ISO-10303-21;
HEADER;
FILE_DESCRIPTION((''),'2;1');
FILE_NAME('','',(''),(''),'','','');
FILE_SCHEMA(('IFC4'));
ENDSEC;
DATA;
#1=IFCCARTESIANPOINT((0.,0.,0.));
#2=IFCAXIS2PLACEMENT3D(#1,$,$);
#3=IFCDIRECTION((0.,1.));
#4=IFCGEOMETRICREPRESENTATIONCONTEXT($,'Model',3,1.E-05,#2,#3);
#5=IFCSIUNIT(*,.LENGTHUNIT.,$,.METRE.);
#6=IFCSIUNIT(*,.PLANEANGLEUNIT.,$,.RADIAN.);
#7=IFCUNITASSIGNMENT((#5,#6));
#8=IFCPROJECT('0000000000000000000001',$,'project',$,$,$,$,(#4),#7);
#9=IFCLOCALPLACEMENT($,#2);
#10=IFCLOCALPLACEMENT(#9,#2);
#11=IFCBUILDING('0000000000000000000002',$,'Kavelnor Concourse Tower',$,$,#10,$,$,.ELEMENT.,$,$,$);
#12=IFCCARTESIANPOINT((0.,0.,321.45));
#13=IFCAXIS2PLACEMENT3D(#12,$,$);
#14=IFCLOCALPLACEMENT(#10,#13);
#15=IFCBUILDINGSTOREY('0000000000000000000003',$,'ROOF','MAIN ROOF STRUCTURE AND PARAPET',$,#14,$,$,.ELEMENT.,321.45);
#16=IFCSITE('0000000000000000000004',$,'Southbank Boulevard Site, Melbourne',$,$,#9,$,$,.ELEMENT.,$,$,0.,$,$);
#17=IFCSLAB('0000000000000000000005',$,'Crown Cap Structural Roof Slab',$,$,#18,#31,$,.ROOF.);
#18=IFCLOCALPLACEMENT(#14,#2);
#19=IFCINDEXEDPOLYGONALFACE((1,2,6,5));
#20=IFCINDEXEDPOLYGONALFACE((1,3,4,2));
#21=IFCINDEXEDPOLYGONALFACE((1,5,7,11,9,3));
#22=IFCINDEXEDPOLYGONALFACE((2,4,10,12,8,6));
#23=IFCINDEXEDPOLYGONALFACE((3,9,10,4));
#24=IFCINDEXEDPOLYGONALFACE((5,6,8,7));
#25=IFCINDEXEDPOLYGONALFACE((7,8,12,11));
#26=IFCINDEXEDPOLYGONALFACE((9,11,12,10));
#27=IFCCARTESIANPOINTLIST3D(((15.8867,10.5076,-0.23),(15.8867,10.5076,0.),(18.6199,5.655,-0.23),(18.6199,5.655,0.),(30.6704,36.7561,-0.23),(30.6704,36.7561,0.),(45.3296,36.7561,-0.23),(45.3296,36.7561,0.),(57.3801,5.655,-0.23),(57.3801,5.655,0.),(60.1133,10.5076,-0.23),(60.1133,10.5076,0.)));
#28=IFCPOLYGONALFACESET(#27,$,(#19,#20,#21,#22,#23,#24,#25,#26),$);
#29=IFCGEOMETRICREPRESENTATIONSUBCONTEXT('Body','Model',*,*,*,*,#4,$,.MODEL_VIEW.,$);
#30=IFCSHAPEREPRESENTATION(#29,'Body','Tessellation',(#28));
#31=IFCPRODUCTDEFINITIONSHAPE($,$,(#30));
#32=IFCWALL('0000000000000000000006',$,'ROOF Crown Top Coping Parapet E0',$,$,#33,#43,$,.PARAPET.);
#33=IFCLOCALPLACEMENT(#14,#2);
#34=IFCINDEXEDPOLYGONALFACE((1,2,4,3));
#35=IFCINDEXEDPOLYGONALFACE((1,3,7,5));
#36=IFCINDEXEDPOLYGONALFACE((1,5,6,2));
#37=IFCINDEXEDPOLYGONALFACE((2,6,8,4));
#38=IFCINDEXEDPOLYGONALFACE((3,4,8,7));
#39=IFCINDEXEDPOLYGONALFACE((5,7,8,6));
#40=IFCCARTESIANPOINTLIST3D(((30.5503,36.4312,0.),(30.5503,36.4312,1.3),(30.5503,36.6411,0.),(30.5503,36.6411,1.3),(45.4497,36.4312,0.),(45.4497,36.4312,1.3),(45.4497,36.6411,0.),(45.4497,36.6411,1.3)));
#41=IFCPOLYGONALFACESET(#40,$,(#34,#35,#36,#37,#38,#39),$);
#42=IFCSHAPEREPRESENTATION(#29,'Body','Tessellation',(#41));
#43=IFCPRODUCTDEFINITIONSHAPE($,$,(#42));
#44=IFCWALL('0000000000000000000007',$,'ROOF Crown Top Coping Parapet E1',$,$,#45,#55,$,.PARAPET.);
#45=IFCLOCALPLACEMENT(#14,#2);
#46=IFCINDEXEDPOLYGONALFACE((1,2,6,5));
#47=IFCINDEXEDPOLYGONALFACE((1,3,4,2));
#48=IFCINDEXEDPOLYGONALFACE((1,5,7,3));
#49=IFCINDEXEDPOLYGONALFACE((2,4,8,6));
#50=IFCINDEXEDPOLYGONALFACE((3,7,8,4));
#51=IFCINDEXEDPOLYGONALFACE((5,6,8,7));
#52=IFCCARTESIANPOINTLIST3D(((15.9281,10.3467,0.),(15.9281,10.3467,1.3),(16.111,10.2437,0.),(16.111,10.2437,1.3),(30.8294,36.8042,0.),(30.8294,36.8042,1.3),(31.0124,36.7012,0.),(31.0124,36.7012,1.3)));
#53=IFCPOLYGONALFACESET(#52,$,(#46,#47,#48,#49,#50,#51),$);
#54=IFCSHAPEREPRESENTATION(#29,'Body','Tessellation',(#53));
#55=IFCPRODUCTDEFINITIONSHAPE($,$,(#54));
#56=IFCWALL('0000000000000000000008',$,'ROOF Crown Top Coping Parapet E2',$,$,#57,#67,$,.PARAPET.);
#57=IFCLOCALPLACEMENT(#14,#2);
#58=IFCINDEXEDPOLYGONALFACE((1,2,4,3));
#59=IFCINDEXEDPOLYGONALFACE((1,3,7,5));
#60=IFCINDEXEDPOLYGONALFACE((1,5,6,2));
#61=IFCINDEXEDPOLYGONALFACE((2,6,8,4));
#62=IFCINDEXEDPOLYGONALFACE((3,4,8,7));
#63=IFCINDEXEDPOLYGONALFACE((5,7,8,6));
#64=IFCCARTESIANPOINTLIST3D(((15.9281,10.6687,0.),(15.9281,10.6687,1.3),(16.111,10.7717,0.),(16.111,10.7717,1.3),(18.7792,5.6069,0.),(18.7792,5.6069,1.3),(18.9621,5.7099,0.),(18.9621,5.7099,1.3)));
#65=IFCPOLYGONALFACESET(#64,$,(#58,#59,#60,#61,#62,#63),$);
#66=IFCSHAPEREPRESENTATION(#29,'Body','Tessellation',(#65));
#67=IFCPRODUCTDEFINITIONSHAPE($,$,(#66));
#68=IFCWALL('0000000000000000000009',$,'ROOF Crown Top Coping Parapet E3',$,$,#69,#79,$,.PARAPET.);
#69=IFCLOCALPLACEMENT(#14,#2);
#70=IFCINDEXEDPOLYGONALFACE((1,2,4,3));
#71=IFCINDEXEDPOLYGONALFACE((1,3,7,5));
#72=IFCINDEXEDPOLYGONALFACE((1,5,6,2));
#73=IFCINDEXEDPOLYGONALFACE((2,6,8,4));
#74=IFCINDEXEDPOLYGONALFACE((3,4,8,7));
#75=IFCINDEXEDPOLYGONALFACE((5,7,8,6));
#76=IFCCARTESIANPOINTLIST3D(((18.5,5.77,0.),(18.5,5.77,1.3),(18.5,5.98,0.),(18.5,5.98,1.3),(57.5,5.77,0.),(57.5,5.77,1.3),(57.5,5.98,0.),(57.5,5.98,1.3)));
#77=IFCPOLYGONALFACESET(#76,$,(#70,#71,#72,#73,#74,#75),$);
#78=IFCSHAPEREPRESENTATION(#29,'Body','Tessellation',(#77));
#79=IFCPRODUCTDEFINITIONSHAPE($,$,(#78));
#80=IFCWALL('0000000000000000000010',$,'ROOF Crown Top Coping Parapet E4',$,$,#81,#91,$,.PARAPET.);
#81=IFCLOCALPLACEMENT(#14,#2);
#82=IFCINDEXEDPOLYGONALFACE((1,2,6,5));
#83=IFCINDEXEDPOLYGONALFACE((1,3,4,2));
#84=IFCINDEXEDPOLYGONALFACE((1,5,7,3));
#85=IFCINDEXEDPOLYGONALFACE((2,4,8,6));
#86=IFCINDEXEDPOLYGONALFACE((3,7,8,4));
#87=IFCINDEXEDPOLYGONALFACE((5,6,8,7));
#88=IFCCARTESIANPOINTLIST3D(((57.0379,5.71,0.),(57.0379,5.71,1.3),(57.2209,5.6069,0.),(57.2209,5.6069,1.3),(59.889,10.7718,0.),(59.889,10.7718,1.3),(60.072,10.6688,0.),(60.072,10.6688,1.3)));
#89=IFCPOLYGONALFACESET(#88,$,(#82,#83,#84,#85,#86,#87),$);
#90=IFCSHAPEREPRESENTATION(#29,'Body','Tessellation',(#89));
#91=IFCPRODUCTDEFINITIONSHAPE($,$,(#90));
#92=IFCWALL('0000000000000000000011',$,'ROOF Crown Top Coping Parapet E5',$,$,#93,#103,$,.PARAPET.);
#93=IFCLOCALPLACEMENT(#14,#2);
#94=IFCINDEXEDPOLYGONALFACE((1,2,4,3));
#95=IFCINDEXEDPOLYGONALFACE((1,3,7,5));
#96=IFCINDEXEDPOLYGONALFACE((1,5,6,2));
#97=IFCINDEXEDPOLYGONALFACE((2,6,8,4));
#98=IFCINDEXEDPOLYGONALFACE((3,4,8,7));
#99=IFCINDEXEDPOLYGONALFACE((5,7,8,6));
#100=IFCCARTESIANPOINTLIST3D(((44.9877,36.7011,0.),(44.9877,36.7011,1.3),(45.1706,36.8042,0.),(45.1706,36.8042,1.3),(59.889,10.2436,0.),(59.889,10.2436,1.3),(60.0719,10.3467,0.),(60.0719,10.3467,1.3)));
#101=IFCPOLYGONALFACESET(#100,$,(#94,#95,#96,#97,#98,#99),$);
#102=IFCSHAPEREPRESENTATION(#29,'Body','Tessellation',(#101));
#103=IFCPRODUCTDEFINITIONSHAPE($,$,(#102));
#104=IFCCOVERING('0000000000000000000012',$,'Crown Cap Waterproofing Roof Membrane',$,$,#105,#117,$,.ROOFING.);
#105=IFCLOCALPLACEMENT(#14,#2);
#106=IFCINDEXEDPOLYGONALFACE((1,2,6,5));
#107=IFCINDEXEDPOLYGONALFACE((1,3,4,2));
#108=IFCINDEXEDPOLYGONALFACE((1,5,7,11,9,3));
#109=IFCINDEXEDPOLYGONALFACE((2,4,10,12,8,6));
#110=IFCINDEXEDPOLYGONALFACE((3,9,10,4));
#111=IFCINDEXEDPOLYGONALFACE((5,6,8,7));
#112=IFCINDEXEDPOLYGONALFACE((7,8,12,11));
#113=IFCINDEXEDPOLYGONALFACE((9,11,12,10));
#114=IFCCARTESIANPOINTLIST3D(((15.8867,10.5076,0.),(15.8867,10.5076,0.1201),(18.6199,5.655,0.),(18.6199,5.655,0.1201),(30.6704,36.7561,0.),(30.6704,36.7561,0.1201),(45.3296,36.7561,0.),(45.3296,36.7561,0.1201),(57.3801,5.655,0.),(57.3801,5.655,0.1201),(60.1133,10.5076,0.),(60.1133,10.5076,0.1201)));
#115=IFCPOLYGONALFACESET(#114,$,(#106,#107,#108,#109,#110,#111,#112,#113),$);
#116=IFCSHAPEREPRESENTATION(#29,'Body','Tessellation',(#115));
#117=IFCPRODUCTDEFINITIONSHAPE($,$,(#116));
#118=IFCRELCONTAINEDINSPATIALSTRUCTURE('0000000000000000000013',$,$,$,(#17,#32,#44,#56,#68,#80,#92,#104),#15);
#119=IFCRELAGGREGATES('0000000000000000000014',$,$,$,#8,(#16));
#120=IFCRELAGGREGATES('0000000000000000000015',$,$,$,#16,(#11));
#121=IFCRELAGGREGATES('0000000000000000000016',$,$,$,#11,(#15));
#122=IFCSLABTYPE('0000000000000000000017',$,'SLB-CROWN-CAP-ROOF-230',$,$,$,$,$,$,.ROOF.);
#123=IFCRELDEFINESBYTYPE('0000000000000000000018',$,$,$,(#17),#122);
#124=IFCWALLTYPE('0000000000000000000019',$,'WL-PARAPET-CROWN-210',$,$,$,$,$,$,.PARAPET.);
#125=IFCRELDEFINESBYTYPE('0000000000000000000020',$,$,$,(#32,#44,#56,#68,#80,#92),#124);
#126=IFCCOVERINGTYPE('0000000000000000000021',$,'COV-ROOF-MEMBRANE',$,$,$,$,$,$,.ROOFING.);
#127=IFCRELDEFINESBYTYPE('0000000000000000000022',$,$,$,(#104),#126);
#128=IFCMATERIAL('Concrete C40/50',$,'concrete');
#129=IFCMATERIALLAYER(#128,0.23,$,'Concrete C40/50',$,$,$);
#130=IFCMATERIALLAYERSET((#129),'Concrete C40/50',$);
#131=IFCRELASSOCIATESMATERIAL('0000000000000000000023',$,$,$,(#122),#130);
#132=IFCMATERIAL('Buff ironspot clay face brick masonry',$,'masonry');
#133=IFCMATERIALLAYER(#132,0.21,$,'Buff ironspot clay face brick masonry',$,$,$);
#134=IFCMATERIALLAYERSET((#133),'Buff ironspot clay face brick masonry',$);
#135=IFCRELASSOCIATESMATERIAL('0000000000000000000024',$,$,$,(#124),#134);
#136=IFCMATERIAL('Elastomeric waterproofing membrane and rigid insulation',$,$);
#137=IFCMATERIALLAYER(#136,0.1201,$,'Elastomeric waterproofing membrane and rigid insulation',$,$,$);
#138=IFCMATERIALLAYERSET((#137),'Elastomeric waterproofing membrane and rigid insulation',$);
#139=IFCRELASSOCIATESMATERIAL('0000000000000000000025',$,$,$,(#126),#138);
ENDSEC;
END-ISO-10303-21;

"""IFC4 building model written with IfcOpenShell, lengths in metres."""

from ifc_helpers import new_model, si_unit, direction, frame, frame_2d, origin, place, context, subcontext, project, spatial, polyline, rectangle, outline, extrude, material, layer, layer_set, type_object, element, save


model = new_model("IFC4")

# Units and contexts
model_context = context("Model", 3, precision=1e-05, world=origin(), true_north=direction((0.0, 1.0)))
body_context = subcontext(model_context, "Body", "Model", "MODEL_VIEW")
ifc_project = project(units=[si_unit("LENGTHUNIT", "METRE"), si_unit("PLANEANGLEUNIT", "RADIAN")], contexts=[model_context])

# Site, building, storey
site_placement = place(None, origin())
site = spatial("IfcSite", under=ifc_project, at=site_placement, Name="Southbank Boulevard Site, Melbourne", CompositionType="ELEMENT", RefElevation=0.0)
building_placement = place(site_placement, origin())
building = spatial("IfcBuilding", under=site, at=building_placement, Name="Kavelnor Concourse Tower", CompositionType="ELEMENT")
storey_placement = place(building_placement, frame((0.0, 0.0, 321.45)))
storey = spatial("IfcBuildingStorey", under=building, at=storey_placement, Name="ROOF", Description="MAIN ROOF STRUCTURE AND PARAPET", CompositionType="ELEMENT", Elevation=321.45)

# Slab
ifc_material_1 = material(Name="Concrete C40/50", Category="concrete")
ifc_layer_1 = layer(ifc_material_1, 0.23, Name="Concrete C40/50")
ifc_layer_set_1 = layer_set([ifc_layer_1], Name="Concrete C40/50")
slab_type = type_object("IfcSlabType", Name="SLB-CROWN-CAP-ROOF-230", PredefinedType="ROOF", material=ifc_layer_set_1)
slab_placement = place(storey_placement, frame((0.0, 0.0, -0.23)))
element("IfcSlab", 1, at=slab_placement, inside=storey, type_object=slab_type, Name="Crown Cap Structural Roof Slab", PredefinedType="ROOF", context=body_context, shape_type="SweptSolid", body=[
    extrude(outline(polyline([(45.3296, 36.7561), (30.6704, 36.7561), (15.8867, 10.5076), (18.6199, 5.655), (57.3801, 5.655), (60.1133, 10.5076), (45.3296, 36.7561)])), origin(), (0.0, 0.0, 1.0), 0.23),
])

# Walls
ifc_material_2 = material(Name="Buff ironspot clay face brick masonry", Category="masonry")
ifc_layer_2 = layer(ifc_material_2, 0.21, Name="Buff ironspot clay face brick masonry")
ifc_layer_set_2 = layer_set([ifc_layer_2], Name="Buff ironspot clay face brick masonry")
wall_type = type_object("IfcWallType", Name="WL-PARAPET-CROWN-210", PredefinedType="PARAPET", material=ifc_layer_set_2)
wall_1_placement = place(storey_placement, frame((45.4497, 36.5361, 0.0), z_axis=(0.0, 0.0, 1.0), x_axis=(-1.0, 0.0, 0.0)))
element("IfcWall", 2, at=wall_1_placement, inside=storey, type_object=wall_type, Name="ROOF Crown Top Coping Parapet E0", PredefinedType="PARAPET", context=body_context, shape_type="SweptSolid", body=[
    extrude(rectangle(XDim=14.8994, YDim=0.21, at=frame_2d((7.4497, 0.0))), origin(), (0.0, 0.0, 1.0), 1.3),
])
wall_2_placement = place(storey_placement, frame((30.9209, 36.7527, 0.0), z_axis=(0.0, 0.0, 1.0), x_axis=(-0.490737, -0.871308, 0.0)))
element("IfcWall", 3, at=wall_2_placement, inside=storey, type_object=wall_type, Name="ROOF Crown Top Coping Parapet E1", PredefinedType="PARAPET", context=body_context, shape_type="SweptSolid", body=[
    extrude(rectangle(XDim=30.3652, YDim=0.21, at=frame_2d((15.1826, 0.0))), origin(), (0.0, 0.0, 1.0), 1.3),
])
wall_3_placement = place(storey_placement, frame((16.0195, 10.7202, 0.0), z_axis=(0.0, 0.0, 1.0), x_axis=(0.490762, -0.871294, 0.0)))
element("IfcWall", 4, at=wall_3_placement, inside=storey, type_object=wall_type, Name="ROOF Crown Top Coping Parapet E2", PredefinedType="PARAPET", context=body_context, shape_type="SweptSolid", body=[
    extrude(rectangle(XDim=5.8096, YDim=0.21, at=frame_2d((2.9048, 0.0))), origin(), (0.0, 0.0, 1.0), 1.3),
])
wall_4_placement = place(storey_placement, frame((18.5, 5.875, 0.0), z_axis=(0.0, 0.0, 1.0), x_axis=(1.0, 0.0, 0.0)))
element("IfcWall", 5, at=wall_4_placement, inside=storey, type_object=wall_type, Name="ROOF Crown Top Coping Parapet E3", PredefinedType="PARAPET", context=body_context, shape_type="SweptSolid", body=[
    extrude(rectangle(XDim=39.0, YDim=0.21, at=frame_2d((19.5, 0.0))), origin(), (0.0, 0.0, 1.0), 1.3),
])
wall_5_placement = place(storey_placement, frame((57.1294, 5.6584, 0.0), z_axis=(0.0, 0.0, 1.0), x_axis=(0.490762, 0.871294, 0.0)))
element("IfcWall", 6, at=wall_5_placement, inside=storey, type_object=wall_type, Name="ROOF Crown Top Coping Parapet E4", PredefinedType="PARAPET", context=body_context, shape_type="SweptSolid", body=[
    extrude(rectangle(XDim=5.8096, YDim=0.21, at=frame_2d((2.9048, 0.0))), origin(), (0.0, 0.0, 1.0), 1.3),
])
wall_6_placement = place(storey_placement, frame((59.9805, 10.2952, 0.0), z_axis=(0.0, 0.0, 1.0), x_axis=(-0.490737, 0.871308, 0.0)))
element("IfcWall", 7, at=wall_6_placement, inside=storey, type_object=wall_type, Name="ROOF Crown Top Coping Parapet E5", PredefinedType="PARAPET", context=body_context, shape_type="SweptSolid", body=[
    extrude(rectangle(XDim=30.3652, YDim=0.21, at=frame_2d((15.1826, 0.0))), origin(), (0.0, 0.0, 1.0), 1.3),
])

# Covering
ifc_material_3 = material(Name="Elastomeric waterproofing membrane and rigid insulation")
ifc_layer_3 = layer(ifc_material_3, 0.1201, Name="Elastomeric waterproofing membrane and rigid insulation")
ifc_layer_set_3 = layer_set([ifc_layer_3], Name="Elastomeric waterproofing membrane and rigid insulation")
covering_type = type_object("IfcCoveringType", Name="COV-ROOF-MEMBRANE", PredefinedType="ROOFING", material=ifc_layer_set_3)
covering_placement = place(storey_placement, origin())
element("IfcCovering", 8, at=covering_placement, inside=storey, type_object=covering_type, Name="Crown Cap Waterproofing Roof Membrane", PredefinedType="ROOFING", context=body_context, shape_type="SweptSolid", body=[
    extrude(outline(polyline([(45.3296, 36.7561), (30.6704, 36.7561), (15.8867, 10.5076), (18.6199, 5.655), (57.3801, 5.655), (60.1133, 10.5076), (45.3296, 36.7561)])), origin(), (0.0, 0.0, 1.0), 0.1201),
])

save(model, "model.ifc")
